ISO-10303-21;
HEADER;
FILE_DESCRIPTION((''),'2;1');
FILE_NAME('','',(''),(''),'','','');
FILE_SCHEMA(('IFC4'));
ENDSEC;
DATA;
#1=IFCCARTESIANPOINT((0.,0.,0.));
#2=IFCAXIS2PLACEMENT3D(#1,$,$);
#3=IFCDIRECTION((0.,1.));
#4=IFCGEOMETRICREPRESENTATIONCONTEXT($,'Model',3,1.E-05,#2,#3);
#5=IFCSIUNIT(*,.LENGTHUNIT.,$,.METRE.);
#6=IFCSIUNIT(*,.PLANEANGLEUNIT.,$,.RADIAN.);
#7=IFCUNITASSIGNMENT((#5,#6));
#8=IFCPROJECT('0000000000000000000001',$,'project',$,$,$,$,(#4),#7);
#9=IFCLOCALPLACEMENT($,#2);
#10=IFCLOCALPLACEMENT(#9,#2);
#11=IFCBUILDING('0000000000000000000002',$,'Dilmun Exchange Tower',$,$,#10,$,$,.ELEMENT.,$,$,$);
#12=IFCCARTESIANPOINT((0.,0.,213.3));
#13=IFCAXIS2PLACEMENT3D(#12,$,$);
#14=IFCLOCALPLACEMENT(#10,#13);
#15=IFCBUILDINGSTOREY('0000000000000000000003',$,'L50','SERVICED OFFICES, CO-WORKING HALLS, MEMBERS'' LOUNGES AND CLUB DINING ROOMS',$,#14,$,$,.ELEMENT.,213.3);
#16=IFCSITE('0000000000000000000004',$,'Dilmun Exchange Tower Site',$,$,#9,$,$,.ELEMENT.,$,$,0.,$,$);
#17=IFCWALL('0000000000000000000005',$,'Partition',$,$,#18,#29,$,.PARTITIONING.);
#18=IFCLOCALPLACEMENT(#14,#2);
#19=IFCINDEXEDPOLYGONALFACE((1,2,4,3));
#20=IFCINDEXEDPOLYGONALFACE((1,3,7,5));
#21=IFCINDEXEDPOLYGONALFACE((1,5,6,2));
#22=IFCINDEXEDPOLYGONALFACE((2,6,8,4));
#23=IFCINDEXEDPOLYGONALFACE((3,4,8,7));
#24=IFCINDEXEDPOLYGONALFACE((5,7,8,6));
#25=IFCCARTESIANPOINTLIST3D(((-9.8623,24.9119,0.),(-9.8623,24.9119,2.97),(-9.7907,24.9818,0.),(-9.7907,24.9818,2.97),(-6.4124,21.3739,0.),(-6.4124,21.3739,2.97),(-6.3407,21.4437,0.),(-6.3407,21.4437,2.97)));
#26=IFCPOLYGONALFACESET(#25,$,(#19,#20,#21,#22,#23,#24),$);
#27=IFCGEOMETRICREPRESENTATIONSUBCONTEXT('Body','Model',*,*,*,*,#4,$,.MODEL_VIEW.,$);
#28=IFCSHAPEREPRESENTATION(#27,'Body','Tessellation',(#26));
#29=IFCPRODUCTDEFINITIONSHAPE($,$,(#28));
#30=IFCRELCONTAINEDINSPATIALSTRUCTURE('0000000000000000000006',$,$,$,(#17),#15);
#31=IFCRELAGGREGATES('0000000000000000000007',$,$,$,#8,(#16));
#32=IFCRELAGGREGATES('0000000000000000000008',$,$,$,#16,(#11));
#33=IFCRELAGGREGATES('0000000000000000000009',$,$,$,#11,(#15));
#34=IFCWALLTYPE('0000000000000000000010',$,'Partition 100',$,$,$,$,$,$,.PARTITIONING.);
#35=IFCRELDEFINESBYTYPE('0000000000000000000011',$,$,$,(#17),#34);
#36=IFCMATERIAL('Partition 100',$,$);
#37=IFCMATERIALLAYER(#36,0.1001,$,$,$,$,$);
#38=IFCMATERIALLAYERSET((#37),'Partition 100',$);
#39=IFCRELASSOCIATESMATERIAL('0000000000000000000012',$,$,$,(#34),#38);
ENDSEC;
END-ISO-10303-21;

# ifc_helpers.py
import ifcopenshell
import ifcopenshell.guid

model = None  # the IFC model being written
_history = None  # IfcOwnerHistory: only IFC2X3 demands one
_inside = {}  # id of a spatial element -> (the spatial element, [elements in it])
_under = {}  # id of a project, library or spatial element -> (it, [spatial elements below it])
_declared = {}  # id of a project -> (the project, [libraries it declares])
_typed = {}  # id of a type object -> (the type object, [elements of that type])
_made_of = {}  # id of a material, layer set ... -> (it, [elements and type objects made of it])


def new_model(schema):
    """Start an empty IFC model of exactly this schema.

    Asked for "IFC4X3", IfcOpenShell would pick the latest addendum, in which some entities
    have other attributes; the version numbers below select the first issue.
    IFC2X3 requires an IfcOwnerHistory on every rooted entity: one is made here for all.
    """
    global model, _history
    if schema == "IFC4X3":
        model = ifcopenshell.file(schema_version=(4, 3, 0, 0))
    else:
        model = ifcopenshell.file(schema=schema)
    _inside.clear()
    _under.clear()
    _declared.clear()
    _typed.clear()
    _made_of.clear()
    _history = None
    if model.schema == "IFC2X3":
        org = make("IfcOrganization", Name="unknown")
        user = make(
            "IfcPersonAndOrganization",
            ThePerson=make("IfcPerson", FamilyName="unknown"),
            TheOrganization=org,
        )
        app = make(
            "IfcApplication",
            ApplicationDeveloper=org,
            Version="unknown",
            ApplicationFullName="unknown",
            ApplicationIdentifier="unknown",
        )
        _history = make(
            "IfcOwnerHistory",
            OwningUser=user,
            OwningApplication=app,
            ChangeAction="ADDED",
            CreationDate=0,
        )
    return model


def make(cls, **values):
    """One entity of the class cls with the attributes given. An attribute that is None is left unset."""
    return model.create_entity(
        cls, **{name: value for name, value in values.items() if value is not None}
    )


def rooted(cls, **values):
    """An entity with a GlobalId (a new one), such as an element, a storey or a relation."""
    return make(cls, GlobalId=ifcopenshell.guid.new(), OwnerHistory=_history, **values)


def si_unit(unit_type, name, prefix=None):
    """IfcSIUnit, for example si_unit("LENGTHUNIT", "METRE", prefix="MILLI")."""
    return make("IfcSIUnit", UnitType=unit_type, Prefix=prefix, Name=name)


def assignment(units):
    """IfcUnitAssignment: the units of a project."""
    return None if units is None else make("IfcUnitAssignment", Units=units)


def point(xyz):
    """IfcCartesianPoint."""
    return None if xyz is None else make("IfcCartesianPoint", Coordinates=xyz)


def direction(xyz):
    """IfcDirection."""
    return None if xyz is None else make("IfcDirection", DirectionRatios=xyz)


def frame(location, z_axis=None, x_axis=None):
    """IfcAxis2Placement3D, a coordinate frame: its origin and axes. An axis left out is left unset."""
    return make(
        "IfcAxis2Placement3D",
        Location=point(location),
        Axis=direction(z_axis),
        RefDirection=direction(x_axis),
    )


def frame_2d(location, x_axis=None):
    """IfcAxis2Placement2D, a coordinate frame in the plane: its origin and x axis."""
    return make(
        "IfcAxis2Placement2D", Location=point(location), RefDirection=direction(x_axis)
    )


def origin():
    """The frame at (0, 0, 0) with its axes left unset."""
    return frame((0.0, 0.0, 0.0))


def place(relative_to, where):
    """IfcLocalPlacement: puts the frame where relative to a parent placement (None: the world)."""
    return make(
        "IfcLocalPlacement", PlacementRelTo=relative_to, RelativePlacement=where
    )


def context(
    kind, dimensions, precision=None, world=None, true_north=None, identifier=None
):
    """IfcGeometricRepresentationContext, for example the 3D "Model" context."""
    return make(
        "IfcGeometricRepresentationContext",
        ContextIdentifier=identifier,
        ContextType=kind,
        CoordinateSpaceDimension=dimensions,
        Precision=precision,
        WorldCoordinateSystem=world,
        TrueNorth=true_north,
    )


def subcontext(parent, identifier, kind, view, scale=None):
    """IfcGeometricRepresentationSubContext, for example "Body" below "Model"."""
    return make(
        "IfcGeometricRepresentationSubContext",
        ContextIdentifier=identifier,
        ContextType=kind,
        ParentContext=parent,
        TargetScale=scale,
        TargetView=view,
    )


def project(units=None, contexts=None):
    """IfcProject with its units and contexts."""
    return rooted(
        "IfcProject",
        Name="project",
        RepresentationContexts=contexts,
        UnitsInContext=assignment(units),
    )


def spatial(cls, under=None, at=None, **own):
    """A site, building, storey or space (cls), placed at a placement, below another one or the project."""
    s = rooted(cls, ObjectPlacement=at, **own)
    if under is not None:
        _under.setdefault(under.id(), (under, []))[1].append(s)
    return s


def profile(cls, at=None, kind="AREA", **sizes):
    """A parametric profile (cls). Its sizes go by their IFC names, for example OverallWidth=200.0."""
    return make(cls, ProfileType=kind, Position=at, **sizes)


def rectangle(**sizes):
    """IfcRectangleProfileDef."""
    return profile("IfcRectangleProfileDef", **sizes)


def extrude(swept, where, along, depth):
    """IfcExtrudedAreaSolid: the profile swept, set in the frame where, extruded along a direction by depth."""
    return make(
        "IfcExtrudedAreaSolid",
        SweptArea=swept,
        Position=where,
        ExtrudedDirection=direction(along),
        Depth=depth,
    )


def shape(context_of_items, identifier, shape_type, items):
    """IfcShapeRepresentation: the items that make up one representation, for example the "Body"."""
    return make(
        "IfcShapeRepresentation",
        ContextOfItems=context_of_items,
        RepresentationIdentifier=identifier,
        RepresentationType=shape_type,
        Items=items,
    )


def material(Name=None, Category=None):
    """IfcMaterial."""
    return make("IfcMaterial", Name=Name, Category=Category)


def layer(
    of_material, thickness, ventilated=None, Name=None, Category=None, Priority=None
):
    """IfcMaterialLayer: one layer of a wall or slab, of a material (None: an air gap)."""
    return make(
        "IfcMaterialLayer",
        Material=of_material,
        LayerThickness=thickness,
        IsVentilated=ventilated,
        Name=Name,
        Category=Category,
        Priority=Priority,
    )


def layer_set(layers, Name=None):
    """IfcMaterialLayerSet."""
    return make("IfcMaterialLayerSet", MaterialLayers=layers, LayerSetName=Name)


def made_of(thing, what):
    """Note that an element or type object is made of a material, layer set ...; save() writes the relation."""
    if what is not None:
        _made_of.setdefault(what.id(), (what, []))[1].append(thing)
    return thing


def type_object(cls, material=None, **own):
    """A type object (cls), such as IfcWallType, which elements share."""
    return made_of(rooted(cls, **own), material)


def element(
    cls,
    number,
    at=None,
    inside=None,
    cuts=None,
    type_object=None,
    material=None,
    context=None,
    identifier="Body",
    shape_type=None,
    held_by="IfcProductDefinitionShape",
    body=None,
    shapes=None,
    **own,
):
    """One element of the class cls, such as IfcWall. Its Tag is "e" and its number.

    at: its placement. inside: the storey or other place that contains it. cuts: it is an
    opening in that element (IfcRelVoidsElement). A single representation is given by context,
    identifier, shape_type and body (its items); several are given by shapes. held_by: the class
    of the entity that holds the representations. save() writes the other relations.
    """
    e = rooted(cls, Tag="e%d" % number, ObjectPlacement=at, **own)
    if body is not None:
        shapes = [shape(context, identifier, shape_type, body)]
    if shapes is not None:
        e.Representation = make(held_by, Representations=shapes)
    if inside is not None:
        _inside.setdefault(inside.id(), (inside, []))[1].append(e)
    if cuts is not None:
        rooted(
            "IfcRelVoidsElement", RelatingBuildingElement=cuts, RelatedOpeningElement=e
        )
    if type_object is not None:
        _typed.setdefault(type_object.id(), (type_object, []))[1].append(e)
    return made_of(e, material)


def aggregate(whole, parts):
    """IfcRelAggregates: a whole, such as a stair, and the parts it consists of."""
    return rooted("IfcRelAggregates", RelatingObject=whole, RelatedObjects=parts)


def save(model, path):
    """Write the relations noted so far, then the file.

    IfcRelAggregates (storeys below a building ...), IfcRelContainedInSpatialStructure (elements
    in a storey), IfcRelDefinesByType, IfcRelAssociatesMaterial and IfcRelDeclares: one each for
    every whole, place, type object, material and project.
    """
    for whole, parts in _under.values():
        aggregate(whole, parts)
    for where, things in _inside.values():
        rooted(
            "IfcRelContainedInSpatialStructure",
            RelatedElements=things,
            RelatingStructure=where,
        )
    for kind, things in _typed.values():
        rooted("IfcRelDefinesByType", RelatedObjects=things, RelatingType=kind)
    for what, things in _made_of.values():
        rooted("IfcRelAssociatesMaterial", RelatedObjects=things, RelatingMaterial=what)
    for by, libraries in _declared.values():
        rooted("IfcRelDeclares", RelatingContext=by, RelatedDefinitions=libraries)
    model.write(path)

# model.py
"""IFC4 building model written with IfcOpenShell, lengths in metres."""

from ifc_helpers import new_model, si_unit, direction, frame, frame_2d, origin, place, context, subcontext, project, spatial, rectangle, extrude, material, layer, layer_set, type_object, element, save


model = new_model("IFC4")

# Units and contexts
model_context = context("Model", 3, precision=1e-05, world=origin(), true_north=direction((0.0, 1.0)))
body_context = subcontext(model_context, "Body", "Model", "MODEL_VIEW")
ifc_project = project(units=[si_unit("LENGTHUNIT", "METRE"), si_unit("PLANEANGLEUNIT", "RADIAN")], contexts=[model_context])

# Site, building, storey
site_placement = place(None, origin())
site = spatial("IfcSite", under=ifc_project, at=site_placement, Name="Dilmun Exchange Tower Site", CompositionType="ELEMENT", RefElevation=0.0)
building_placement = place(site_placement, origin())
building = spatial("IfcBuilding", under=site, at=building_placement, Name="Dilmun Exchange Tower", CompositionType="ELEMENT")
storey_placement = place(building_placement, frame((0.0, 0.0, 213.3)))
storey = spatial("IfcBuildingStorey", under=building, at=storey_placement, Name="L50", Description="SERVICED OFFICES, CO-WORKING HALLS, MEMBERS' LOUNGES AND CLUB DINING ROOMS", CompositionType="ELEMENT", Elevation=213.3)

# Wall
ifc_material_1 = material(Name="Partition 100")
ifc_layer_1 = layer(ifc_material_1, 0.1001)
ifc_layer_set_1 = layer_set([ifc_layer_1], Name="Partition 100")
wall_type_1 = type_object("IfcWallType", Name="Partition 100", PredefinedType="PARTITIONING", material=ifc_layer_set_1)
wall_1_placement = place(storey_placement, frame((-9.8264, 24.9468, 0.0), z_axis=(0.0, 0.0, 1.0), x_axis=(0.698133, -0.715968, 0.0)))
element("IfcWall", 1, at=wall_1_placement, inside=storey, type_object=wall_type_1, Name="Partition", PredefinedType="PARTITIONING", context=body_context, shape_type="SweptSolid", body=[
    extrude(rectangle(XDim=4.9417, YDim=0.1001, at=frame_2d((2.4707, 0.0))), origin(), (0.0, 0.0, 1.0), 2.97),
])

save(model, "model.ifc")
